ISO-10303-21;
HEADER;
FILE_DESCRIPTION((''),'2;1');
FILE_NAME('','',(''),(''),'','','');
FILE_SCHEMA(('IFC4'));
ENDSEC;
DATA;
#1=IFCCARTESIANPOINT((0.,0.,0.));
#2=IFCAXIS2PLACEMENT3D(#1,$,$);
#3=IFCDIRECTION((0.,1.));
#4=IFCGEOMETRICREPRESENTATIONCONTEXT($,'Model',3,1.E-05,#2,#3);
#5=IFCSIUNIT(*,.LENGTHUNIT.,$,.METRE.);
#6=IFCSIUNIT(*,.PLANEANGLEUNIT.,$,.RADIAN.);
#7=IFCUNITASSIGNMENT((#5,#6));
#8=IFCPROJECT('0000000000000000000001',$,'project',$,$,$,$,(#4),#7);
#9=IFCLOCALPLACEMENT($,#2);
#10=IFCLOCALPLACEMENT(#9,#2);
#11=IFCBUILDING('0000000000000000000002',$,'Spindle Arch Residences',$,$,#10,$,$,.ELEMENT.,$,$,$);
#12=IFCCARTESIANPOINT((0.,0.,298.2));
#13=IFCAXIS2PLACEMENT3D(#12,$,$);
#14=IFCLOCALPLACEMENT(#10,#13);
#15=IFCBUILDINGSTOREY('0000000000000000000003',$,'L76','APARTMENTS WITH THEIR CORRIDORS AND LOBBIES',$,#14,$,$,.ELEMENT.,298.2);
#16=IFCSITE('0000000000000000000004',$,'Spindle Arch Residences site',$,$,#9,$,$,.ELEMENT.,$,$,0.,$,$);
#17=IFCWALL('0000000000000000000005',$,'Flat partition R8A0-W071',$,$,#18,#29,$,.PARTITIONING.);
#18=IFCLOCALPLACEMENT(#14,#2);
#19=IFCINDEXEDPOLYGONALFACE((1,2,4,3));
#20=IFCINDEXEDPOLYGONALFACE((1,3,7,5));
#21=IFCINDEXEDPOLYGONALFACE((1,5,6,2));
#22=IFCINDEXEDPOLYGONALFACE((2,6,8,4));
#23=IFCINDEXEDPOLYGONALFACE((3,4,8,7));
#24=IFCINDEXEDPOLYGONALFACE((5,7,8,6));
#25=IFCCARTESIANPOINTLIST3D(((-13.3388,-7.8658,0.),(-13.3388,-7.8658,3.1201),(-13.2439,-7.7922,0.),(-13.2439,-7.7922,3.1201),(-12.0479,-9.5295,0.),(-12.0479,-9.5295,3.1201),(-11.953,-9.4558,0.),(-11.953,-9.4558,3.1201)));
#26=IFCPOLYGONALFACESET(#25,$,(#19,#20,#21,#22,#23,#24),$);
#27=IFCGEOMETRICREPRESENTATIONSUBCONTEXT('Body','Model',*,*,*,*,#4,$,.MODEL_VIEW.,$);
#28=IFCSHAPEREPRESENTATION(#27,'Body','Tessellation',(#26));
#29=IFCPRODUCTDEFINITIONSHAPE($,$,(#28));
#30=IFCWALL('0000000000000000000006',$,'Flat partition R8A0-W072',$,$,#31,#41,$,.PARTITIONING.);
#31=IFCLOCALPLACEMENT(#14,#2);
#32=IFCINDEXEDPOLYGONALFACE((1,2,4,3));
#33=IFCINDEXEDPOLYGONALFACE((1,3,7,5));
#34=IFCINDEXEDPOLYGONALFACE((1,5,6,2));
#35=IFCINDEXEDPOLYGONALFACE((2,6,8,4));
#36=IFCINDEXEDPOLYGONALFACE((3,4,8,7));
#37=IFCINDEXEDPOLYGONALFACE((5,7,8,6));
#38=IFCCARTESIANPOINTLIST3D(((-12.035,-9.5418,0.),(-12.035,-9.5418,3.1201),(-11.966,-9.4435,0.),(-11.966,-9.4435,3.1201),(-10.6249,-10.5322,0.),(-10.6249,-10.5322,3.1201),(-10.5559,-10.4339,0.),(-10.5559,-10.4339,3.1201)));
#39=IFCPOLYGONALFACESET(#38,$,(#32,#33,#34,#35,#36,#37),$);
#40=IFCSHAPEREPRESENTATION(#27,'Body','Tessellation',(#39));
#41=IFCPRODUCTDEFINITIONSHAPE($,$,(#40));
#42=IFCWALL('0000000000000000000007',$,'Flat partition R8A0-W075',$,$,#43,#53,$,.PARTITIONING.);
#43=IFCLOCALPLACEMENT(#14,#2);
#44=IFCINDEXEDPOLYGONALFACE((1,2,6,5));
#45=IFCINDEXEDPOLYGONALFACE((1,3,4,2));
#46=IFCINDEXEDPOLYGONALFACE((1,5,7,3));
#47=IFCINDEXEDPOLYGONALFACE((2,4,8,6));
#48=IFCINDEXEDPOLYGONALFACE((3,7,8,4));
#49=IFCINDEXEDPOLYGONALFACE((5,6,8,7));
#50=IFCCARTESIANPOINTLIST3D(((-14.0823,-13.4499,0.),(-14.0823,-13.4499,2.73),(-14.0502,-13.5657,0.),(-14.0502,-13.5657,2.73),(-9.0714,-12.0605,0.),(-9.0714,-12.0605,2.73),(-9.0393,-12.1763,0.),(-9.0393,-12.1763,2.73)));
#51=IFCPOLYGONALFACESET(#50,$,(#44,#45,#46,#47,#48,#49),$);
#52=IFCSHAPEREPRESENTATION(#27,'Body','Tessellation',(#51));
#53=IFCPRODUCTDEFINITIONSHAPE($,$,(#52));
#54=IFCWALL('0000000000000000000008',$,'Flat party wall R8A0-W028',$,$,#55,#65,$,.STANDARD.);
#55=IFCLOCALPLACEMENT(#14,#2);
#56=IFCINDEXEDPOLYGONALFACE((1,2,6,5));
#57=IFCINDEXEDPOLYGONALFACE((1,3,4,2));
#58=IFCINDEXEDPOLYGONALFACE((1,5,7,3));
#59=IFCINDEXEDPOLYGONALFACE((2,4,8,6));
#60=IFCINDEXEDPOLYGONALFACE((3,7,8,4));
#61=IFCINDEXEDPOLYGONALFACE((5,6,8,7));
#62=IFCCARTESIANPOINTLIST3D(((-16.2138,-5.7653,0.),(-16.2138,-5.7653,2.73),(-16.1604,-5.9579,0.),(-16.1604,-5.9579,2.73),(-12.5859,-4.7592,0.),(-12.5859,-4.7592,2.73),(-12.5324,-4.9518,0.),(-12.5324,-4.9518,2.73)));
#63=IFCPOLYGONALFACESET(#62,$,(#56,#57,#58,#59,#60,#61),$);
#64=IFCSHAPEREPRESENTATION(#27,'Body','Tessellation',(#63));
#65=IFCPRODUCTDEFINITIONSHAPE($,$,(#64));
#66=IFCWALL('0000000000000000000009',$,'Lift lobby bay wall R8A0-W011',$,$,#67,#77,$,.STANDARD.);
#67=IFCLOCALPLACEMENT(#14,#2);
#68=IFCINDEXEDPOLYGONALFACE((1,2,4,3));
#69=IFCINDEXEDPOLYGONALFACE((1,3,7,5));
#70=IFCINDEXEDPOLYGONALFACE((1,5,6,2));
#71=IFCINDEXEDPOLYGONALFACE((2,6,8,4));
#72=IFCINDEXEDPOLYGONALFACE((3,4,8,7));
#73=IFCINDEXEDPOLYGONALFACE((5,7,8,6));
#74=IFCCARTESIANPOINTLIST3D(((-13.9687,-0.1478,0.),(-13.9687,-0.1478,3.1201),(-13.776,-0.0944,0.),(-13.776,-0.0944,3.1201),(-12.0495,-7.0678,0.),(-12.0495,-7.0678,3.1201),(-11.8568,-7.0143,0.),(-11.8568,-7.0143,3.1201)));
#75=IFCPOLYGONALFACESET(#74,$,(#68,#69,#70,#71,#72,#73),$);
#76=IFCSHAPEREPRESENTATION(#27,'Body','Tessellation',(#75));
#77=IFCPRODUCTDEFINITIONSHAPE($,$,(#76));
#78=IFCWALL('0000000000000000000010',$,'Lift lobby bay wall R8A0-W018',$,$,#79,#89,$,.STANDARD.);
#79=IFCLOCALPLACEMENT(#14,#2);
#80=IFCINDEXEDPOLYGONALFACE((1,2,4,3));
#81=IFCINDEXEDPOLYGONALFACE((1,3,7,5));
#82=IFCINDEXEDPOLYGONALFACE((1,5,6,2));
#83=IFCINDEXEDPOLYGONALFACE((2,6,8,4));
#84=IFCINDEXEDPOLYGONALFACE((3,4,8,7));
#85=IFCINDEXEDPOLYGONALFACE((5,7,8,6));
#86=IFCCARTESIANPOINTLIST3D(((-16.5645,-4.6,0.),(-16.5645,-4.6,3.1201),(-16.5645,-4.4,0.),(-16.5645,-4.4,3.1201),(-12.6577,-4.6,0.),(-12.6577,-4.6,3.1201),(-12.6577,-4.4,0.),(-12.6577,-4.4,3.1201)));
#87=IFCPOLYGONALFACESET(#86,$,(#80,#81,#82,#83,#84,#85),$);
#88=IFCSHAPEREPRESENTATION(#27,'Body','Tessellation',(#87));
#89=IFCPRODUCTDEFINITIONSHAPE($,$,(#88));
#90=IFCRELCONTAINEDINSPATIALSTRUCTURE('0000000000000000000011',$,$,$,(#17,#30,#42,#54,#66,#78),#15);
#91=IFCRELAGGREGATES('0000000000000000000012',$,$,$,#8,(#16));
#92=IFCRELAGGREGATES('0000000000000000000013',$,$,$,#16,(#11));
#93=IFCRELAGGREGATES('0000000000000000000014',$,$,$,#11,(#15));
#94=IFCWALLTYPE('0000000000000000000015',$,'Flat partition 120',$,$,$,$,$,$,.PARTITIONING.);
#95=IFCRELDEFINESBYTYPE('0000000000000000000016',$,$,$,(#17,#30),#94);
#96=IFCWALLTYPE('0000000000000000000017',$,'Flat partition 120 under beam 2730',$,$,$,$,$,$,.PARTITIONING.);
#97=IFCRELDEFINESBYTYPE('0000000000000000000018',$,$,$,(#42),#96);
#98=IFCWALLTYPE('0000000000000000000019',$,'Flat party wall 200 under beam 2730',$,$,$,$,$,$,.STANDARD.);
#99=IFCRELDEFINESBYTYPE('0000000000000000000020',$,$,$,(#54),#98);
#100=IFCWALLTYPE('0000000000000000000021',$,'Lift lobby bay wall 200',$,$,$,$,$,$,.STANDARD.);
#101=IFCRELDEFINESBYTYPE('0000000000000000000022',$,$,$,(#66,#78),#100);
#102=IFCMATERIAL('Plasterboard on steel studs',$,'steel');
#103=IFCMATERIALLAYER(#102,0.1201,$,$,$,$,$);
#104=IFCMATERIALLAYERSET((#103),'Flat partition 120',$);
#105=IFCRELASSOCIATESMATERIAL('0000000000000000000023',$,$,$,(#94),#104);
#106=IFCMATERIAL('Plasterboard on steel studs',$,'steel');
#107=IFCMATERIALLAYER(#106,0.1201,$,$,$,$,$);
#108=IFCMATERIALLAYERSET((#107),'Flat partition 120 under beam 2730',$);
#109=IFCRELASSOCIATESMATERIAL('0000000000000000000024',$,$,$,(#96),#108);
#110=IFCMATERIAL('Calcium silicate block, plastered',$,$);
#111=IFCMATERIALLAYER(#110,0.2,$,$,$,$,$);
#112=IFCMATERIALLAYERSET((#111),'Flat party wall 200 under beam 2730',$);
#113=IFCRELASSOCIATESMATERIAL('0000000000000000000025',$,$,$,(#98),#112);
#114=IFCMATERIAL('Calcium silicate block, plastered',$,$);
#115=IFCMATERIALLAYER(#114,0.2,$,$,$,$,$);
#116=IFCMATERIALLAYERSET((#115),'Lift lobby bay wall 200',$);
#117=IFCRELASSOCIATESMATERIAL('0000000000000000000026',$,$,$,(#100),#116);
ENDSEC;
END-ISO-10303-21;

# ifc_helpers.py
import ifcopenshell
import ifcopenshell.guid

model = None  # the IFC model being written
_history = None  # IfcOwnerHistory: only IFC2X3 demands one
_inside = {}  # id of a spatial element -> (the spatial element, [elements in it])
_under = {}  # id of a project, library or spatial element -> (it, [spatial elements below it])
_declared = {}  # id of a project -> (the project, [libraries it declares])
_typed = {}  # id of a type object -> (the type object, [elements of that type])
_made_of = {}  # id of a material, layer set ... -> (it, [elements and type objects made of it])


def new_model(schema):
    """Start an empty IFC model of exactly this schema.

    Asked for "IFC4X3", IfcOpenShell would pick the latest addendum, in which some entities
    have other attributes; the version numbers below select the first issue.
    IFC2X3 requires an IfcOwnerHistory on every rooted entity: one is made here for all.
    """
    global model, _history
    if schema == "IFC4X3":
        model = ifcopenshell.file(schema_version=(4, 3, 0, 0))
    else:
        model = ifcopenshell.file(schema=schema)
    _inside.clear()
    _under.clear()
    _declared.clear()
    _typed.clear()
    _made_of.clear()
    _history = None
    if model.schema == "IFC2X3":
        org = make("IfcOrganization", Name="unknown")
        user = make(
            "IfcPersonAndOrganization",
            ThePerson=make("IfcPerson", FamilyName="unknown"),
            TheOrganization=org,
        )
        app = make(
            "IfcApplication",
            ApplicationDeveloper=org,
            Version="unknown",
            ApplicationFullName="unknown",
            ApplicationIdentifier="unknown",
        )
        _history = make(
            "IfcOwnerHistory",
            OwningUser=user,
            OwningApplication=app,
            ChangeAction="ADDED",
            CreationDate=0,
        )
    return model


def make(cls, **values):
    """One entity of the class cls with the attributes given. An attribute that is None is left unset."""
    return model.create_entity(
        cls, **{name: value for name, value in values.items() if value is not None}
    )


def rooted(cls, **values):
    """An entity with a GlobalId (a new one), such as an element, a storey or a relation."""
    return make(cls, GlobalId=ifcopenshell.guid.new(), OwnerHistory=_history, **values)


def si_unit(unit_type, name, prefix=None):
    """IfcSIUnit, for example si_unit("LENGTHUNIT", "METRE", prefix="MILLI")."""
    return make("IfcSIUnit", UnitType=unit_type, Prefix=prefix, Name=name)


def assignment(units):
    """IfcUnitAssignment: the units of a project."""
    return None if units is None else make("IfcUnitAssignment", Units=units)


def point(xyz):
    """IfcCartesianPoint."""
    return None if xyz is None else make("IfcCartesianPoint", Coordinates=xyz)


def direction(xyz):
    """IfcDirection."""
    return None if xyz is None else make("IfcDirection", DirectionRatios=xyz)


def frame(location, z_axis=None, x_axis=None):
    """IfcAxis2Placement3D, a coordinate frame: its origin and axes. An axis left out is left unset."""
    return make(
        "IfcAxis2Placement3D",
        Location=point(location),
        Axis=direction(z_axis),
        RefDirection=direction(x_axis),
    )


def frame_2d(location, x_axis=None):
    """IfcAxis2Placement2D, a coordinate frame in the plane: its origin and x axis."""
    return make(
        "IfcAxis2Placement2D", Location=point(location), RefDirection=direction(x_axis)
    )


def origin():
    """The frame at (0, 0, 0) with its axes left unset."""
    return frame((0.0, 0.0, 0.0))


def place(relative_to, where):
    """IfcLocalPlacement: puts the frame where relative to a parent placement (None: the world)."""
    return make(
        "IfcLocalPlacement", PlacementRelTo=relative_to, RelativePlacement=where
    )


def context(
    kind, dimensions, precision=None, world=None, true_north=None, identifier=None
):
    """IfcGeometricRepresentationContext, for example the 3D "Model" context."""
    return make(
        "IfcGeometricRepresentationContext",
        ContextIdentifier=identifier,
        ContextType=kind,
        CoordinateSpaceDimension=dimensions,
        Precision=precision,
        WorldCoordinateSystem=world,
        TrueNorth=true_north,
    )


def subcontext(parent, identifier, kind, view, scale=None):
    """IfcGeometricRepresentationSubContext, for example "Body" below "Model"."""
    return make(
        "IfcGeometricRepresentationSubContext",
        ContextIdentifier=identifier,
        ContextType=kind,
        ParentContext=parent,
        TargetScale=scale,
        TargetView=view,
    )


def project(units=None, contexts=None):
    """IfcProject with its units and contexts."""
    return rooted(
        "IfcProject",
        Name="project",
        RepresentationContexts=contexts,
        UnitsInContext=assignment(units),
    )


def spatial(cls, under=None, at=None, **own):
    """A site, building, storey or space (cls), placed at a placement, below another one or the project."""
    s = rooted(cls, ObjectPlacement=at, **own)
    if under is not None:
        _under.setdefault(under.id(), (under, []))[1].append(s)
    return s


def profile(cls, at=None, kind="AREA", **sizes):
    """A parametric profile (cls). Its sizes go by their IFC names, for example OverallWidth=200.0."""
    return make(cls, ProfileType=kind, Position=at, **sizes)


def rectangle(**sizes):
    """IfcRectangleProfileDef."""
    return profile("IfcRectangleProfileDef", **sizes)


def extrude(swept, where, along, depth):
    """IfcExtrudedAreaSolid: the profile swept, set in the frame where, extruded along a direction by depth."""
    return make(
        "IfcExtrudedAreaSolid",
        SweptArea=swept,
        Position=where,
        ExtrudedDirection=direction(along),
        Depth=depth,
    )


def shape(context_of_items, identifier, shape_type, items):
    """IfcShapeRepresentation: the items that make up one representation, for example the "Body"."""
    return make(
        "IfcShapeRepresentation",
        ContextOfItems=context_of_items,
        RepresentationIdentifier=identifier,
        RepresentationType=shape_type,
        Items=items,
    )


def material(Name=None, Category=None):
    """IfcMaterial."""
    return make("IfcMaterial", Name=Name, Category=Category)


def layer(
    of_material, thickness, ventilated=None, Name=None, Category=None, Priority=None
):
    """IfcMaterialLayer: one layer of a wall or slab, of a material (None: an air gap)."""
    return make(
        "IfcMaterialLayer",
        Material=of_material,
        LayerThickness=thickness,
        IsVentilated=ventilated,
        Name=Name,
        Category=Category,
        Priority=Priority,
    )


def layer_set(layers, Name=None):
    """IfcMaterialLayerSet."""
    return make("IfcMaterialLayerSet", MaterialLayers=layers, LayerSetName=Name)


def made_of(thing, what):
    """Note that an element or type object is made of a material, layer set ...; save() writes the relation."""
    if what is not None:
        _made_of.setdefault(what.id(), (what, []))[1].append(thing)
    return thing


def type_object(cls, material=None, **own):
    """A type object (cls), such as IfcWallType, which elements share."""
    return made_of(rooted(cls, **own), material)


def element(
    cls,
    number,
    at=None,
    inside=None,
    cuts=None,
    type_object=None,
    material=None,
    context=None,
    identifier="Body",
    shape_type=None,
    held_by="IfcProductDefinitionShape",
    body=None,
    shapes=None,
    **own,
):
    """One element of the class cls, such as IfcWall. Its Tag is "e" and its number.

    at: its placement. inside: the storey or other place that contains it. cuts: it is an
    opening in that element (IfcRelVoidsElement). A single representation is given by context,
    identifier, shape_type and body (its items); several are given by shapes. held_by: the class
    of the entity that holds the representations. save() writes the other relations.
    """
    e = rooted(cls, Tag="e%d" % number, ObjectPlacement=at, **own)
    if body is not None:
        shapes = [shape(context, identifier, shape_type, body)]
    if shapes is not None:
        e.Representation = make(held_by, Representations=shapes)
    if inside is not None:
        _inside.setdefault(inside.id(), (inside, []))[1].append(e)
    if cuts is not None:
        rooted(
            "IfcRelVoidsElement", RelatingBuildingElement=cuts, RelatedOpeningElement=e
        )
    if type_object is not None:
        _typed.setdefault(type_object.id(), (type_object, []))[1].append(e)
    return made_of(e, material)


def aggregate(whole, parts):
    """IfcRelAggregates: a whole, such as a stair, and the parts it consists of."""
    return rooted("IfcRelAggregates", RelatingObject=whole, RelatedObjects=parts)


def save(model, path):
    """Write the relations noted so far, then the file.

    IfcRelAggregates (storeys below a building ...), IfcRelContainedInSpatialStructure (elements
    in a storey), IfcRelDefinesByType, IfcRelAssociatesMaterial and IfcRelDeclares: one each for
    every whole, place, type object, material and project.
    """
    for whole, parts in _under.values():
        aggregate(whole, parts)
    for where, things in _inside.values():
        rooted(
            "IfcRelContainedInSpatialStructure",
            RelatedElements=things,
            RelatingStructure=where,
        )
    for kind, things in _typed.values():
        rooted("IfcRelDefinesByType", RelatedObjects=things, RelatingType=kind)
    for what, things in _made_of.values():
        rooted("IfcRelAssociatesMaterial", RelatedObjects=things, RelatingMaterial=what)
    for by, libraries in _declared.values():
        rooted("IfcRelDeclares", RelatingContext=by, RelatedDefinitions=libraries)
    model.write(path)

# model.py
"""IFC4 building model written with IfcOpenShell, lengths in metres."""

from ifc_helpers import new_model, si_unit, direction, frame, frame_2d, origin, place, context, subcontext, project, spatial, rectangle, extrude, material, layer, layer_set, type_object, element, save


model = new_model("IFC4")

# Units and contexts
model_context = context("Model", 3, precision=1e-05, world=origin(), true_north=direction((0.0, 1.0)))
body_context = subcontext(model_context, "Body", "Model", "MODEL_VIEW")
ifc_project = project(units=[si_unit("LENGTHUNIT", "METRE"), si_unit("PLANEANGLEUNIT", "RADIAN")], contexts=[model_context])

# Site, building, storey
site_placement = place(None, origin())
site = spatial("IfcSite", under=ifc_project, at=site_placement, Name="Spindle Arch Residences site", CompositionType="ELEMENT", RefElevation=0.0)
building_placement = place(site_placement, origin())
building = spatial("IfcBuilding", under=site, at=building_placement, Name="Spindle Arch Residences", CompositionType="ELEMENT")
storey_placement = place(building_placement, frame((0.0, 0.0, 298.2)))
storey = spatial("IfcBuildingStorey", under=building, at=storey_placement, Name="L76", Description="APARTMENTS WITH THEIR CORRIDORS AND LOBBIES", CompositionType="ELEMENT", Elevation=298.2)

# Shared definitions
ifc_material_1 = material(Name="Plasterboard on steel studs", Category="steel")
ifc_layer_1 = layer(ifc_material_1, 0.1201)
ifc_layer_set_1 = layer_set([ifc_layer_1], Name="Flat partition 120")
wall_type_1 = type_object("IfcWallType", Name="Flat partition 120", PredefinedType="PARTITIONING", material=ifc_layer_set_1)

# Walls
wall_1_placement = place(storey_placement, frame((-13.2913, -7.8291, 0.0), z_axis=(0.0, 0.0, 1.0), x_axis=(0.613017, -0.79007, 0.0)))
element("IfcWall", 1, at=wall_1_placement, inside=storey, type_object=wall_type_1, Name="Flat partition R8A0-W071", PredefinedType="PARTITIONING", context=body_context, shape_type="SweptSolid", body=[
    extrude(rectangle(XDim=2.1057, YDim=0.1201, at=frame_2d((1.0527, 0.0))), origin(), (0.0, 0.0, 1.0), 3.1201),
])
wall_2_placement = place(storey_placement, frame((-12.0005, -9.4927, 0.0), z_axis=(0.0, 0.0, 1.0), x_axis=(0.818312, -0.574774, 0.0)))
element("IfcWall", 2, at=wall_2_placement, inside=storey, type_object=wall_type_1, Name="Flat partition R8A0-W072", PredefinedType="PARTITIONING", context=body_context, shape_type="SweptSolid", body=[
    extrude(rectangle(XDim=1.7231, YDim=0.1201, at=frame_2d((0.8616, 0.0))), origin(), (0.0, 0.0, 1.0), 3.1201),
])
ifc_material_2 = material(Name="Plasterboard on steel studs", Category="steel")
ifc_layer_2 = layer(ifc_material_2, 0.1201)
ifc_layer_set_2 = layer_set([ifc_layer_2], Name="Flat partition 120 under beam 2730")
wall_type_2 = type_object("IfcWallType", Name="Flat partition 120 under beam 2730", PredefinedType="PARTITIONING", material=ifc_layer_set_2)
wall_3_placement = place(storey_placement, frame((-14.0664, -13.5078, 0.0), z_axis=(0.0, 0.0, 1.0), x_axis=(0.963644, 0.267191, 0.0)))
element("IfcWall", 3, at=wall_3_placement, inside=storey, type_object=wall_type_2, Name="Flat partition R8A0-W075", PredefinedType="PARTITIONING", context=body_context, shape_type="SweptSolid", body=[
    extrude(rectangle(XDim=5.2, YDim=0.1201, at=frame_2d((2.6001, 0.0))), origin(), (0.0, 0.0, 1.0), 2.73),
])
ifc_material_3 = material(Name="Calcium silicate block, plastered")
ifc_layer_3 = layer(ifc_material_3, 0.2)
ifc_layer_set_3 = layer_set([ifc_layer_3], Name="Flat party wall 200 under beam 2730")
wall_type_3 = type_object("IfcWallType", Name="Flat party wall 200 under beam 2730", PredefinedType="STANDARD", material=ifc_layer_set_3)
wall_4_placement = place(storey_placement, frame((-16.187, -5.8616, 0.0), z_axis=(0.0, 0.0, 1.0), x_axis=(0.963631, 0.267236, 0.0)))
element("IfcWall", 4, at=wall_4_placement, inside=storey, type_object=wall_type_3, Name="Flat party wall R8A0-W028", PredefinedType="STANDARD", context=body_context, shape_type="SweptSolid", body=[
    extrude(rectangle(XDim=3.7649, YDim=0.2, at=frame_2d((1.8823, 0.0))), origin(), (0.0, 0.0, 1.0), 2.73),
])

# Walls
ifc_material_4 = material(Name="Calcium silicate block, plastered")
ifc_layer_4 = layer(ifc_material_4, 0.2)
ifc_layer_set_4 = layer_set([ifc_layer_4], Name="Lift lobby bay wall 200")
wall_type_4 = type_object("IfcWallType", Name="Lift lobby bay wall 200", PredefinedType="STANDARD", material=ifc_layer_set_4)
wall_5_placement = place(storey_placement, frame((-13.8723, -0.1211, 0.0), z_axis=(0.0, 0.0, 1.0), x_axis=(0.267255, -0.963626, 0.0)))
element("IfcWall", 5, at=wall_5_placement, inside=storey, type_object=wall_type_4, Name="Lift lobby bay wall R8A0-W011", PredefinedType="STANDARD", context=body_context, shape_type="SweptSolid", body=[
    extrude(rectangle(XDim=7.1812, YDim=0.2, at=frame_2d((3.5906, 0.0))), origin(), (0.0, 0.0, 1.0), 3.1201),
])
wall_6_placement = place(storey_placement, frame((-16.5645, -4.5, 0.0), z_axis=(0.0, 0.0, 1.0), x_axis=(1.0, 0.0, 0.0)))
element("IfcWall", 6, at=wall_6_placement, inside=storey, type_object=wall_type_4, Name="Lift lobby bay wall R8A0-W018", PredefinedType="STANDARD", context=body_context, shape_type="SweptSolid", body=[
    extrude(rectangle(XDim=3.9067, YDim=0.2, at=frame_2d((1.9534, 0.0))), origin(), (0.0, 0.0, 1.0), 3.1201),
])

save(model, "model.ifc")
